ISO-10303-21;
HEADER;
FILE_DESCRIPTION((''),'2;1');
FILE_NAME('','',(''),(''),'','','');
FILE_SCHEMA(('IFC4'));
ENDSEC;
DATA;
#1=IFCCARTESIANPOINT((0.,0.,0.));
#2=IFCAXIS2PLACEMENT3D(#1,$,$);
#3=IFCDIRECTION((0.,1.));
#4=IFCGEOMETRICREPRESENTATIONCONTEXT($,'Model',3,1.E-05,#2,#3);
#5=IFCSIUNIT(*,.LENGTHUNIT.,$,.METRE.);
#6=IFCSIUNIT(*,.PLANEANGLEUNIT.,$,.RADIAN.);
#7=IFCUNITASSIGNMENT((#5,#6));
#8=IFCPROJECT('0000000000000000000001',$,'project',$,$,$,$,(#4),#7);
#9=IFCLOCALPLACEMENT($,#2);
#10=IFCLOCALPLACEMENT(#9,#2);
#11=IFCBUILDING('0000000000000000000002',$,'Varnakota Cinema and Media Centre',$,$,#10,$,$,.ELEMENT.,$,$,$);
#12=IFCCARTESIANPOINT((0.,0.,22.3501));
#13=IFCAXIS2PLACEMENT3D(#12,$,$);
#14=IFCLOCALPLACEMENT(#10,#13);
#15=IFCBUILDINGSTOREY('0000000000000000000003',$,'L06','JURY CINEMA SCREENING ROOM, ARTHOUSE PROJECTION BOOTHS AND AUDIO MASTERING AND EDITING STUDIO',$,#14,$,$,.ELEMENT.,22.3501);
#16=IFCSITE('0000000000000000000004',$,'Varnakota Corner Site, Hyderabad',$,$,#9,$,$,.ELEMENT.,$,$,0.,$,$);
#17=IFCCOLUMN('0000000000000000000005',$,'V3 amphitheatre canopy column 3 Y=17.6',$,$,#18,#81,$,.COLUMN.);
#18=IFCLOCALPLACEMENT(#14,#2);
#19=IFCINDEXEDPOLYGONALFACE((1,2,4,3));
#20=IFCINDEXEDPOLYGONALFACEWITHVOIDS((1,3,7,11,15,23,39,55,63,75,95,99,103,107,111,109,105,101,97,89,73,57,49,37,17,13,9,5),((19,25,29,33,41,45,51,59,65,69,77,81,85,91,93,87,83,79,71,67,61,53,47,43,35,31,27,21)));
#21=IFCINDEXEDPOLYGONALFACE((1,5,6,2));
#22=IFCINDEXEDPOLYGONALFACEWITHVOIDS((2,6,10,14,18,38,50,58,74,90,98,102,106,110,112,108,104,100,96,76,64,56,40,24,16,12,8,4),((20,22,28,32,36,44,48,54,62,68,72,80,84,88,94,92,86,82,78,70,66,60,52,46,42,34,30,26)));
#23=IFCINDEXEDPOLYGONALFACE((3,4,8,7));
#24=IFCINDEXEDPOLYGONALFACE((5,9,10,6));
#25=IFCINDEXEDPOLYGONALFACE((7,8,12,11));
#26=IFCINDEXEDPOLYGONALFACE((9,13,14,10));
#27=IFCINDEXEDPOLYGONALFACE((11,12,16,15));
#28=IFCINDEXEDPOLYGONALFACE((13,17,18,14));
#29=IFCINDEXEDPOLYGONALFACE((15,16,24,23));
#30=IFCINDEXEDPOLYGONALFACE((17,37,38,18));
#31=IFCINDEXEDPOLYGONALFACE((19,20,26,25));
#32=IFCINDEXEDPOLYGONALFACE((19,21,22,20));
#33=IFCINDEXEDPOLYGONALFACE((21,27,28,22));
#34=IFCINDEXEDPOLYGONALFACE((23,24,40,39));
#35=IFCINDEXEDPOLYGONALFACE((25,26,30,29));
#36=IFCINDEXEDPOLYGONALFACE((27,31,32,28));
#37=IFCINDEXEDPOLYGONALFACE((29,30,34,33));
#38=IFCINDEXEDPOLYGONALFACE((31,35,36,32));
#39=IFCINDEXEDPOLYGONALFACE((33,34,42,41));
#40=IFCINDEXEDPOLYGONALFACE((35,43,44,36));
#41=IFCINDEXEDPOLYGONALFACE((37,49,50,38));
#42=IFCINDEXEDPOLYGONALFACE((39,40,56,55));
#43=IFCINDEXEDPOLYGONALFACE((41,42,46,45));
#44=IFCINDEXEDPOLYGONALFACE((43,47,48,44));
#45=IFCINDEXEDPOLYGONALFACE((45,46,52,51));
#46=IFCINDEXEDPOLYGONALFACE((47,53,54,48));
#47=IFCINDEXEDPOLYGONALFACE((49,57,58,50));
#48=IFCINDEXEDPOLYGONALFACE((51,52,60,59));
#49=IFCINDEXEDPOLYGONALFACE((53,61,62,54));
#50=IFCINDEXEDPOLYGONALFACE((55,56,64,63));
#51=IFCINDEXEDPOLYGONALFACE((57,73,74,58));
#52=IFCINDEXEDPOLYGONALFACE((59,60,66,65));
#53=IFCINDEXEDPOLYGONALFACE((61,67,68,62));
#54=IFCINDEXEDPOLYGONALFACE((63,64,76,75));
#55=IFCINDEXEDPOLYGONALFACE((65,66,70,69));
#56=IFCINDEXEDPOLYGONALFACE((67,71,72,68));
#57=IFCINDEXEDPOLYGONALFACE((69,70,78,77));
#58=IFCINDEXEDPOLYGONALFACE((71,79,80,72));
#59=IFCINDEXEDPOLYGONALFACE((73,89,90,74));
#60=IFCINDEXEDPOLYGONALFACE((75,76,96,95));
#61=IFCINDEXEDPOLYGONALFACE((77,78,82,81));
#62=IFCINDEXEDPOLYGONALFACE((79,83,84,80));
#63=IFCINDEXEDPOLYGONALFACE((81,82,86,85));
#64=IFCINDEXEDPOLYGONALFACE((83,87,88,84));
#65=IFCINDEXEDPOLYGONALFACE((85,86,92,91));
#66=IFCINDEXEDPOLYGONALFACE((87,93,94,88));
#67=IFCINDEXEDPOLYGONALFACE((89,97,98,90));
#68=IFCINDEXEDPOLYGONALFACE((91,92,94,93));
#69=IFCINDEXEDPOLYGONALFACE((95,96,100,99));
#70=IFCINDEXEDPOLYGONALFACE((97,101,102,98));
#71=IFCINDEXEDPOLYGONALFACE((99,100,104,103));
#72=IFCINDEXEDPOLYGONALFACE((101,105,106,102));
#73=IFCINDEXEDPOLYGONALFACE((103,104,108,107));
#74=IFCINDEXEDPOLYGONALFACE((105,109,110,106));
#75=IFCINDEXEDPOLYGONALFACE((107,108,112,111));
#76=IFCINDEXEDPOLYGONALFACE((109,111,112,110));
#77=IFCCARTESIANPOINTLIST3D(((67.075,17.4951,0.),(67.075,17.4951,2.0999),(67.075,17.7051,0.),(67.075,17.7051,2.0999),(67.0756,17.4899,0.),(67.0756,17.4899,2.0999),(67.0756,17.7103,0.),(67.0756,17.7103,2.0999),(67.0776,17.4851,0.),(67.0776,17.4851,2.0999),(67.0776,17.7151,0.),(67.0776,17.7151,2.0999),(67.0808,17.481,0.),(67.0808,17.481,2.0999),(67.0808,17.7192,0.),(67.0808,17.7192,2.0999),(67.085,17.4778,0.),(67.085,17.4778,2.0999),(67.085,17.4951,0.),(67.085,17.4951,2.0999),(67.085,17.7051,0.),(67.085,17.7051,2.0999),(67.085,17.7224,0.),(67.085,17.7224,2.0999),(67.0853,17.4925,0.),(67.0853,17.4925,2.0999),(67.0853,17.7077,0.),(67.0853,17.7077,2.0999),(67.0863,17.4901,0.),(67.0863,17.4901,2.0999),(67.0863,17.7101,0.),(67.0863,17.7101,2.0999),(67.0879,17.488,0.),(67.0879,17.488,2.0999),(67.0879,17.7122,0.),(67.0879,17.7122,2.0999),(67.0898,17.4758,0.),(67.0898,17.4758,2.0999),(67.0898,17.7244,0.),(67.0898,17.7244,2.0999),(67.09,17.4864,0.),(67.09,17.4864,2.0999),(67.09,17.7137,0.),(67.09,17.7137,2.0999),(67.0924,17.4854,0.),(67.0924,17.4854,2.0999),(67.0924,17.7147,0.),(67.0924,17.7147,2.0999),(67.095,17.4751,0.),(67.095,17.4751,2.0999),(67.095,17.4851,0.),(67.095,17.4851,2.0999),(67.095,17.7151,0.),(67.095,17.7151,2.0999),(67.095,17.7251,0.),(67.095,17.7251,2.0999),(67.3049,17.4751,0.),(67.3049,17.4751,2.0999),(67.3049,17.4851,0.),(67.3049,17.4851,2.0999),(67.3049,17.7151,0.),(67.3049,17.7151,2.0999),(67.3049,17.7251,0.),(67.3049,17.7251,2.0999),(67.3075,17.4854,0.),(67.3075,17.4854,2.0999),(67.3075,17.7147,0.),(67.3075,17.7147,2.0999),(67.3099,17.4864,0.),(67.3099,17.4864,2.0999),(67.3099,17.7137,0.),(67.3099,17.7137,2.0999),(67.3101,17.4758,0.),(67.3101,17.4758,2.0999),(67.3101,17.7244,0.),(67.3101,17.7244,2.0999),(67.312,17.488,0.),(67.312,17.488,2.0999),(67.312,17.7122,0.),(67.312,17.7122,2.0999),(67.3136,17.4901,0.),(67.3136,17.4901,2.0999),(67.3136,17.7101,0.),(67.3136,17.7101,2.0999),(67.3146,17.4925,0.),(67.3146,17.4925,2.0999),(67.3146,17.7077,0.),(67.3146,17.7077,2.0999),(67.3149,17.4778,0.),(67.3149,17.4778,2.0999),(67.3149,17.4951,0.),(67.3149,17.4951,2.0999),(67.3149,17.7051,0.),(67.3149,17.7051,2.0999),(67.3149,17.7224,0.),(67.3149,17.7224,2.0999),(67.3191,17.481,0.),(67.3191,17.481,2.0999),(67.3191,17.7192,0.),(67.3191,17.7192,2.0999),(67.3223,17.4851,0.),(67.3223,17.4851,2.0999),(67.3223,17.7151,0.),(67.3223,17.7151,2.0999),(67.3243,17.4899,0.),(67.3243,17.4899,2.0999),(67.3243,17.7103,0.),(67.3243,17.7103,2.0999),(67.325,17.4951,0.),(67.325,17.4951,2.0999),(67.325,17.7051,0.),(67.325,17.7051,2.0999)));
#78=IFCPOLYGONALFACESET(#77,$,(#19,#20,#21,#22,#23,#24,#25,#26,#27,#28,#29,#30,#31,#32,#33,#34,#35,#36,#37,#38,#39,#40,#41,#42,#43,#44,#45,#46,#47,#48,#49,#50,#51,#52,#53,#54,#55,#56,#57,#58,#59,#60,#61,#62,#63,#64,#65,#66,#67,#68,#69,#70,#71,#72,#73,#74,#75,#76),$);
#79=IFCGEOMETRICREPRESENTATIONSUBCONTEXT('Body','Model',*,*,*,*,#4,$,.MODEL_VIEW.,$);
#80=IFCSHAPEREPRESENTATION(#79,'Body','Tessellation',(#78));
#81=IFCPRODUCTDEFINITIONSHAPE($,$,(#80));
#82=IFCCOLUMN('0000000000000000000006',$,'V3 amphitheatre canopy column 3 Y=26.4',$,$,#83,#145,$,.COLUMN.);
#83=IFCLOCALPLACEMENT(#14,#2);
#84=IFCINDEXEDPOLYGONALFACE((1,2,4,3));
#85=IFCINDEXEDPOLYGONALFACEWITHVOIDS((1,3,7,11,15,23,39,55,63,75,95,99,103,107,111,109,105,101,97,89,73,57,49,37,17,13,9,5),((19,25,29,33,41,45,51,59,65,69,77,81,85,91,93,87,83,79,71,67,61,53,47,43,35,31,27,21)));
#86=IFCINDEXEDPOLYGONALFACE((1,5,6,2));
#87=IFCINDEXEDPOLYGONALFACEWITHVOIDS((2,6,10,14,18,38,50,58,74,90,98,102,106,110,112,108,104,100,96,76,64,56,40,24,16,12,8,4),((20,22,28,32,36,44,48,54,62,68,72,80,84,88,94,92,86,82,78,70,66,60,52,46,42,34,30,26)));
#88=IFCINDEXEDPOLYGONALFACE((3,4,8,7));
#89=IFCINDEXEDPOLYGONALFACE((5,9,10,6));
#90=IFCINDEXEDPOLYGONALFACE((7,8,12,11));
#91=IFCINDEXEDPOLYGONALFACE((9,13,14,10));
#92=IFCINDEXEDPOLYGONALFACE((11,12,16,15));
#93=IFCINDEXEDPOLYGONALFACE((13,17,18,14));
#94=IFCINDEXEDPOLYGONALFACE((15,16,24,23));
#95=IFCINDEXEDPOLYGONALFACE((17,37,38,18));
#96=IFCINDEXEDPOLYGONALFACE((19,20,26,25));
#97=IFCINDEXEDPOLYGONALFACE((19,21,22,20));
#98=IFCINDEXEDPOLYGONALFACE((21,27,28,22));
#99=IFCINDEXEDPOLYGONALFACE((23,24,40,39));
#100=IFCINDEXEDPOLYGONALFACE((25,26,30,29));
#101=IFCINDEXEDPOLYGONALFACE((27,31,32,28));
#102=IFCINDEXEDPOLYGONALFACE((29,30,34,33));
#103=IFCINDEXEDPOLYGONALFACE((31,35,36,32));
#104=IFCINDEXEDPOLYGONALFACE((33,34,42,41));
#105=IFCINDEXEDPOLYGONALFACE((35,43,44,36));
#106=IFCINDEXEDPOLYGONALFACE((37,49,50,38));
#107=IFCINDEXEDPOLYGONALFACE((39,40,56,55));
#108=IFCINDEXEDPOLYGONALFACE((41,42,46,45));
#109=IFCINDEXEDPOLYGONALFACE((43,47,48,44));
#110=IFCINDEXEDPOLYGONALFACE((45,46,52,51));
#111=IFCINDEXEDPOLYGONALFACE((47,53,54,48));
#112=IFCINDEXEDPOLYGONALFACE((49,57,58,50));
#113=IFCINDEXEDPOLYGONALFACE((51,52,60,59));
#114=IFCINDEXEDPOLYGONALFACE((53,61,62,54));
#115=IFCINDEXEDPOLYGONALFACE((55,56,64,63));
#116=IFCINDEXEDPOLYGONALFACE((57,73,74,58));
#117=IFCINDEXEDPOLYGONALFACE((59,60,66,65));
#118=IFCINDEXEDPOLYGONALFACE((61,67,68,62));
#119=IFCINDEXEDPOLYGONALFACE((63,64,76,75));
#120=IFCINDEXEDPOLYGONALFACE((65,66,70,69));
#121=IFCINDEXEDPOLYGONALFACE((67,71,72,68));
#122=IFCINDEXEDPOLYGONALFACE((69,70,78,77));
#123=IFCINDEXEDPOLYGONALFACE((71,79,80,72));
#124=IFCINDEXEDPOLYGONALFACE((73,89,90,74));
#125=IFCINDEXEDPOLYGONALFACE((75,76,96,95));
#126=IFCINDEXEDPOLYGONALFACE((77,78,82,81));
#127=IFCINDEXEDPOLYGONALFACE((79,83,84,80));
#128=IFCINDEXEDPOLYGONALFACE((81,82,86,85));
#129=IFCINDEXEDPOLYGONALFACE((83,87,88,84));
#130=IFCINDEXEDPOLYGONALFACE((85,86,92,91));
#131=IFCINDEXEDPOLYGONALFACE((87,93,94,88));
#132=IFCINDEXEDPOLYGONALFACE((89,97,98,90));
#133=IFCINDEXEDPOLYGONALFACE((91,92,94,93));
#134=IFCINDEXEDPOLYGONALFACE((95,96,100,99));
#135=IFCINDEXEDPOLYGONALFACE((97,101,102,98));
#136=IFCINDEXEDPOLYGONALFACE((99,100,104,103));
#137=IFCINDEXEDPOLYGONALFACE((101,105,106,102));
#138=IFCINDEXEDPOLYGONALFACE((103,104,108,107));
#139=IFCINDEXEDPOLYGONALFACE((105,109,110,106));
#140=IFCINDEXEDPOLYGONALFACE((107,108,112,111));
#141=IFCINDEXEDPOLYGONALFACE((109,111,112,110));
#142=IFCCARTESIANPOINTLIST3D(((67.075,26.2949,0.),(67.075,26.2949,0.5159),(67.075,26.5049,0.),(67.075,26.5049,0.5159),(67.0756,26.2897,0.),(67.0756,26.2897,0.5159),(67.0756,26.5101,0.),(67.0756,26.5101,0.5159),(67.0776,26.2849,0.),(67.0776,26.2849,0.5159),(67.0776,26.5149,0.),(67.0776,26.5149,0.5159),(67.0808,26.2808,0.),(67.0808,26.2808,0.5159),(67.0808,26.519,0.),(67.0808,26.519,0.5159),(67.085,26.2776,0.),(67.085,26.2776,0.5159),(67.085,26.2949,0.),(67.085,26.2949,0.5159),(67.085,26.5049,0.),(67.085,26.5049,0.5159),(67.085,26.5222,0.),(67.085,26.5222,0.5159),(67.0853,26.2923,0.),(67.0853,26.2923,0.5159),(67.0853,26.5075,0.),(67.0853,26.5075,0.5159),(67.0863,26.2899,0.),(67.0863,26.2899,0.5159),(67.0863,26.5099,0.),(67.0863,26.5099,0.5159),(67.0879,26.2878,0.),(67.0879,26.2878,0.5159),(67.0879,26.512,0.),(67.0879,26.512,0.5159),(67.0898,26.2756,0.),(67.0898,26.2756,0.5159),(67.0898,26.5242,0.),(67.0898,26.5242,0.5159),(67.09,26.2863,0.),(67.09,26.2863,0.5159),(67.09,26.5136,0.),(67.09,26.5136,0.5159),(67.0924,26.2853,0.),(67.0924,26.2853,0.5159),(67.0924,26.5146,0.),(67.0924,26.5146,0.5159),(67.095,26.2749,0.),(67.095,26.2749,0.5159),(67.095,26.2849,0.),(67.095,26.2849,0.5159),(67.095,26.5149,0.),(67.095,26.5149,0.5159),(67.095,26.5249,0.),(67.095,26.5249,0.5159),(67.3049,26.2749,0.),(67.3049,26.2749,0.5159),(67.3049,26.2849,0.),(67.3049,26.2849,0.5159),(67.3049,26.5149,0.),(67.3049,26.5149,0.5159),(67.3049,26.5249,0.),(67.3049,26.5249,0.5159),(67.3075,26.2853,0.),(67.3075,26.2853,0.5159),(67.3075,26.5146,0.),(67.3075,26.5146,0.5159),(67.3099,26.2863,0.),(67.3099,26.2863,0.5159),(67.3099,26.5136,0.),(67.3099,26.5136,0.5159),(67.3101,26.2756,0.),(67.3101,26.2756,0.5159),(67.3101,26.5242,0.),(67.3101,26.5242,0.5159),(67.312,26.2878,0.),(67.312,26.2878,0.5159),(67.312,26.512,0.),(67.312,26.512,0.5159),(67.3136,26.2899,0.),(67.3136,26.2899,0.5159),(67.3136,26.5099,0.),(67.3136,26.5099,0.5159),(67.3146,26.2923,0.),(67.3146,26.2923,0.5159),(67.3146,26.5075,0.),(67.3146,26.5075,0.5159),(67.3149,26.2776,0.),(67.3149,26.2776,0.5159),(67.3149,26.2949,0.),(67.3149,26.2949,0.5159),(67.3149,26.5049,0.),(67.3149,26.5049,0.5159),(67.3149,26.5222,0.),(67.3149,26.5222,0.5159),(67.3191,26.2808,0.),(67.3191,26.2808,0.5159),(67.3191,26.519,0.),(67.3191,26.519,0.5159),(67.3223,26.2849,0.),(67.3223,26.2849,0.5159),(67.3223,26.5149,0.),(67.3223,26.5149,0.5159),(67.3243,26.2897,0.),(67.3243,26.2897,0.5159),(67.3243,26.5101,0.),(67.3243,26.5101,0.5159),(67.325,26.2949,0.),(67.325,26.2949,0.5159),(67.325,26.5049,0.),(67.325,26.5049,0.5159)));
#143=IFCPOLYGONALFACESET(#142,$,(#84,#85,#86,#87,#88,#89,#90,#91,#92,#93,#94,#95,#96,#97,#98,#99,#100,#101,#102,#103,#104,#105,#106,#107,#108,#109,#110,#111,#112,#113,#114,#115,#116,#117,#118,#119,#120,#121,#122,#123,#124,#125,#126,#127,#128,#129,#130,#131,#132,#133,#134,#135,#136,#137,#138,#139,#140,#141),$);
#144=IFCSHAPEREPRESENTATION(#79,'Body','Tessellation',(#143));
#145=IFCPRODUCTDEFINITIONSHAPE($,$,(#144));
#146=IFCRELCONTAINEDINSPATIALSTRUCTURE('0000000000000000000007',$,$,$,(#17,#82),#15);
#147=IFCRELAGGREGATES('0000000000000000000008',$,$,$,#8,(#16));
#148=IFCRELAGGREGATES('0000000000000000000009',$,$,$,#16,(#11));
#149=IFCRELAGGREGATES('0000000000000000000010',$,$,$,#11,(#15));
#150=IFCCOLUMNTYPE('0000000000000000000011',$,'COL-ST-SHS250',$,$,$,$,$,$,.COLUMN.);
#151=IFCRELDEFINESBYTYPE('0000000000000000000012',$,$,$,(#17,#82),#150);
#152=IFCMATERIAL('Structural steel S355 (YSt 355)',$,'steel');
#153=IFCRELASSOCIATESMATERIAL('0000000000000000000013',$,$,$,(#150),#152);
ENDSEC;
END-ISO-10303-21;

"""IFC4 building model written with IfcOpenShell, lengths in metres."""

from ifc_helpers import new_model, si_unit, direction, frame, origin, origin_2d, place, context, subcontext, project, spatial, hollow_rectangle, extrude, material, material_profile, profile_set, type_object, element, save


model = new_model("IFC4")

# Units and contexts
model_context = context("Model", 3, precision=1e-05, world=origin(), true_north=direction((0.0, 1.0)))
body_context = subcontext(model_context, "Body", "Model", "MODEL_VIEW")
ifc_project = project(units=[si_unit("LENGTHUNIT", "METRE"), si_unit("PLANEANGLEUNIT", "RADIAN")], contexts=[model_context])

# Site, building, storey
site_placement = place(None, origin())
site = spatial("IfcSite", under=ifc_project, at=site_placement, Name="Varnakota Corner Site, Hyderabad", CompositionType="ELEMENT", RefElevation=0.0)
building_placement = place(site_placement, origin())
building = spatial("IfcBuilding", under=site, at=building_placement, Name="Varnakota Cinema and Media Centre", CompositionType="ELEMENT")
storey_placement = place(building_placement, frame((0.0, 0.0, 22.3501)))
storey = spatial("IfcBuildingStorey", under=building, at=storey_placement, Name="L06", Description="JURY CINEMA SCREENING ROOM, ARTHOUSE PROJECTION BOOTHS AND AUDIO MASTERING AND EDITING STUDIO", CompositionType="ELEMENT", Elevation=22.3501)

# Columns
ifc_material_1 = material(Name="Structural steel S355 (YSt 355)", Category="steel")
ifc_material_profile_1 = material_profile(ifc_material_1, hollow_rectangle(XDim=0.25, YDim=0.25, WallThickness=0.01, InnerFilletRadius=0.01, OuterFilletRadius=0.02, at=origin_2d()), Name="SHS 250x250x10")
ifc_profile_set_1 = profile_set([ifc_material_profile_1], Name="Structural steel S355 (YSt 355)")
column_type_1 = type_object("IfcColumnType", Name="COL-ST-SHS250", PredefinedType="COLUMN", material=ifc_profile_set_1)
column_1_placement = place(storey_placement, frame((67.2, 17.6001, 0.0), z_axis=(0.0, 0.0, 1.0), x_axis=(1.0, 0.0, 0.0)))
element("IfcColumn", 1, at=column_1_placement, inside=storey, type_object=column_type_1, Name="V3 amphitheatre canopy column 3 Y=17.6", PredefinedType="COLUMN", context=body_context, shape_type="SweptSolid", body=[
    extrude(hollow_rectangle(XDim=0.25, YDim=0.25, WallThickness=0.01, InnerFilletRadius=0.01, OuterFilletRadius=0.02, at=origin_2d()), origin(), (0.0, 0.0, 1.0), 2.0999),
])
column_2_placement = place(storey_placement, frame((67.2, 26.3999, 0.0), z_axis=(0.0, 0.0, 1.0), x_axis=(1.0, 0.0, 0.0)))
element("IfcColumn", 2, at=column_2_placement, inside=storey, type_object=column_type_1, Name="V3 amphitheatre canopy column 3 Y=26.4", PredefinedType="COLUMN", context=body_context, shape_type="SweptSolid", body=[
    extrude(hollow_rectangle(XDim=0.25, YDim=0.25, WallThickness=0.01, InnerFilletRadius=0.01, OuterFilletRadius=0.02, at=origin_2d()), origin(), (0.0, 0.0, 1.0), 0.5159),
])

save(model, "model.ifc")
